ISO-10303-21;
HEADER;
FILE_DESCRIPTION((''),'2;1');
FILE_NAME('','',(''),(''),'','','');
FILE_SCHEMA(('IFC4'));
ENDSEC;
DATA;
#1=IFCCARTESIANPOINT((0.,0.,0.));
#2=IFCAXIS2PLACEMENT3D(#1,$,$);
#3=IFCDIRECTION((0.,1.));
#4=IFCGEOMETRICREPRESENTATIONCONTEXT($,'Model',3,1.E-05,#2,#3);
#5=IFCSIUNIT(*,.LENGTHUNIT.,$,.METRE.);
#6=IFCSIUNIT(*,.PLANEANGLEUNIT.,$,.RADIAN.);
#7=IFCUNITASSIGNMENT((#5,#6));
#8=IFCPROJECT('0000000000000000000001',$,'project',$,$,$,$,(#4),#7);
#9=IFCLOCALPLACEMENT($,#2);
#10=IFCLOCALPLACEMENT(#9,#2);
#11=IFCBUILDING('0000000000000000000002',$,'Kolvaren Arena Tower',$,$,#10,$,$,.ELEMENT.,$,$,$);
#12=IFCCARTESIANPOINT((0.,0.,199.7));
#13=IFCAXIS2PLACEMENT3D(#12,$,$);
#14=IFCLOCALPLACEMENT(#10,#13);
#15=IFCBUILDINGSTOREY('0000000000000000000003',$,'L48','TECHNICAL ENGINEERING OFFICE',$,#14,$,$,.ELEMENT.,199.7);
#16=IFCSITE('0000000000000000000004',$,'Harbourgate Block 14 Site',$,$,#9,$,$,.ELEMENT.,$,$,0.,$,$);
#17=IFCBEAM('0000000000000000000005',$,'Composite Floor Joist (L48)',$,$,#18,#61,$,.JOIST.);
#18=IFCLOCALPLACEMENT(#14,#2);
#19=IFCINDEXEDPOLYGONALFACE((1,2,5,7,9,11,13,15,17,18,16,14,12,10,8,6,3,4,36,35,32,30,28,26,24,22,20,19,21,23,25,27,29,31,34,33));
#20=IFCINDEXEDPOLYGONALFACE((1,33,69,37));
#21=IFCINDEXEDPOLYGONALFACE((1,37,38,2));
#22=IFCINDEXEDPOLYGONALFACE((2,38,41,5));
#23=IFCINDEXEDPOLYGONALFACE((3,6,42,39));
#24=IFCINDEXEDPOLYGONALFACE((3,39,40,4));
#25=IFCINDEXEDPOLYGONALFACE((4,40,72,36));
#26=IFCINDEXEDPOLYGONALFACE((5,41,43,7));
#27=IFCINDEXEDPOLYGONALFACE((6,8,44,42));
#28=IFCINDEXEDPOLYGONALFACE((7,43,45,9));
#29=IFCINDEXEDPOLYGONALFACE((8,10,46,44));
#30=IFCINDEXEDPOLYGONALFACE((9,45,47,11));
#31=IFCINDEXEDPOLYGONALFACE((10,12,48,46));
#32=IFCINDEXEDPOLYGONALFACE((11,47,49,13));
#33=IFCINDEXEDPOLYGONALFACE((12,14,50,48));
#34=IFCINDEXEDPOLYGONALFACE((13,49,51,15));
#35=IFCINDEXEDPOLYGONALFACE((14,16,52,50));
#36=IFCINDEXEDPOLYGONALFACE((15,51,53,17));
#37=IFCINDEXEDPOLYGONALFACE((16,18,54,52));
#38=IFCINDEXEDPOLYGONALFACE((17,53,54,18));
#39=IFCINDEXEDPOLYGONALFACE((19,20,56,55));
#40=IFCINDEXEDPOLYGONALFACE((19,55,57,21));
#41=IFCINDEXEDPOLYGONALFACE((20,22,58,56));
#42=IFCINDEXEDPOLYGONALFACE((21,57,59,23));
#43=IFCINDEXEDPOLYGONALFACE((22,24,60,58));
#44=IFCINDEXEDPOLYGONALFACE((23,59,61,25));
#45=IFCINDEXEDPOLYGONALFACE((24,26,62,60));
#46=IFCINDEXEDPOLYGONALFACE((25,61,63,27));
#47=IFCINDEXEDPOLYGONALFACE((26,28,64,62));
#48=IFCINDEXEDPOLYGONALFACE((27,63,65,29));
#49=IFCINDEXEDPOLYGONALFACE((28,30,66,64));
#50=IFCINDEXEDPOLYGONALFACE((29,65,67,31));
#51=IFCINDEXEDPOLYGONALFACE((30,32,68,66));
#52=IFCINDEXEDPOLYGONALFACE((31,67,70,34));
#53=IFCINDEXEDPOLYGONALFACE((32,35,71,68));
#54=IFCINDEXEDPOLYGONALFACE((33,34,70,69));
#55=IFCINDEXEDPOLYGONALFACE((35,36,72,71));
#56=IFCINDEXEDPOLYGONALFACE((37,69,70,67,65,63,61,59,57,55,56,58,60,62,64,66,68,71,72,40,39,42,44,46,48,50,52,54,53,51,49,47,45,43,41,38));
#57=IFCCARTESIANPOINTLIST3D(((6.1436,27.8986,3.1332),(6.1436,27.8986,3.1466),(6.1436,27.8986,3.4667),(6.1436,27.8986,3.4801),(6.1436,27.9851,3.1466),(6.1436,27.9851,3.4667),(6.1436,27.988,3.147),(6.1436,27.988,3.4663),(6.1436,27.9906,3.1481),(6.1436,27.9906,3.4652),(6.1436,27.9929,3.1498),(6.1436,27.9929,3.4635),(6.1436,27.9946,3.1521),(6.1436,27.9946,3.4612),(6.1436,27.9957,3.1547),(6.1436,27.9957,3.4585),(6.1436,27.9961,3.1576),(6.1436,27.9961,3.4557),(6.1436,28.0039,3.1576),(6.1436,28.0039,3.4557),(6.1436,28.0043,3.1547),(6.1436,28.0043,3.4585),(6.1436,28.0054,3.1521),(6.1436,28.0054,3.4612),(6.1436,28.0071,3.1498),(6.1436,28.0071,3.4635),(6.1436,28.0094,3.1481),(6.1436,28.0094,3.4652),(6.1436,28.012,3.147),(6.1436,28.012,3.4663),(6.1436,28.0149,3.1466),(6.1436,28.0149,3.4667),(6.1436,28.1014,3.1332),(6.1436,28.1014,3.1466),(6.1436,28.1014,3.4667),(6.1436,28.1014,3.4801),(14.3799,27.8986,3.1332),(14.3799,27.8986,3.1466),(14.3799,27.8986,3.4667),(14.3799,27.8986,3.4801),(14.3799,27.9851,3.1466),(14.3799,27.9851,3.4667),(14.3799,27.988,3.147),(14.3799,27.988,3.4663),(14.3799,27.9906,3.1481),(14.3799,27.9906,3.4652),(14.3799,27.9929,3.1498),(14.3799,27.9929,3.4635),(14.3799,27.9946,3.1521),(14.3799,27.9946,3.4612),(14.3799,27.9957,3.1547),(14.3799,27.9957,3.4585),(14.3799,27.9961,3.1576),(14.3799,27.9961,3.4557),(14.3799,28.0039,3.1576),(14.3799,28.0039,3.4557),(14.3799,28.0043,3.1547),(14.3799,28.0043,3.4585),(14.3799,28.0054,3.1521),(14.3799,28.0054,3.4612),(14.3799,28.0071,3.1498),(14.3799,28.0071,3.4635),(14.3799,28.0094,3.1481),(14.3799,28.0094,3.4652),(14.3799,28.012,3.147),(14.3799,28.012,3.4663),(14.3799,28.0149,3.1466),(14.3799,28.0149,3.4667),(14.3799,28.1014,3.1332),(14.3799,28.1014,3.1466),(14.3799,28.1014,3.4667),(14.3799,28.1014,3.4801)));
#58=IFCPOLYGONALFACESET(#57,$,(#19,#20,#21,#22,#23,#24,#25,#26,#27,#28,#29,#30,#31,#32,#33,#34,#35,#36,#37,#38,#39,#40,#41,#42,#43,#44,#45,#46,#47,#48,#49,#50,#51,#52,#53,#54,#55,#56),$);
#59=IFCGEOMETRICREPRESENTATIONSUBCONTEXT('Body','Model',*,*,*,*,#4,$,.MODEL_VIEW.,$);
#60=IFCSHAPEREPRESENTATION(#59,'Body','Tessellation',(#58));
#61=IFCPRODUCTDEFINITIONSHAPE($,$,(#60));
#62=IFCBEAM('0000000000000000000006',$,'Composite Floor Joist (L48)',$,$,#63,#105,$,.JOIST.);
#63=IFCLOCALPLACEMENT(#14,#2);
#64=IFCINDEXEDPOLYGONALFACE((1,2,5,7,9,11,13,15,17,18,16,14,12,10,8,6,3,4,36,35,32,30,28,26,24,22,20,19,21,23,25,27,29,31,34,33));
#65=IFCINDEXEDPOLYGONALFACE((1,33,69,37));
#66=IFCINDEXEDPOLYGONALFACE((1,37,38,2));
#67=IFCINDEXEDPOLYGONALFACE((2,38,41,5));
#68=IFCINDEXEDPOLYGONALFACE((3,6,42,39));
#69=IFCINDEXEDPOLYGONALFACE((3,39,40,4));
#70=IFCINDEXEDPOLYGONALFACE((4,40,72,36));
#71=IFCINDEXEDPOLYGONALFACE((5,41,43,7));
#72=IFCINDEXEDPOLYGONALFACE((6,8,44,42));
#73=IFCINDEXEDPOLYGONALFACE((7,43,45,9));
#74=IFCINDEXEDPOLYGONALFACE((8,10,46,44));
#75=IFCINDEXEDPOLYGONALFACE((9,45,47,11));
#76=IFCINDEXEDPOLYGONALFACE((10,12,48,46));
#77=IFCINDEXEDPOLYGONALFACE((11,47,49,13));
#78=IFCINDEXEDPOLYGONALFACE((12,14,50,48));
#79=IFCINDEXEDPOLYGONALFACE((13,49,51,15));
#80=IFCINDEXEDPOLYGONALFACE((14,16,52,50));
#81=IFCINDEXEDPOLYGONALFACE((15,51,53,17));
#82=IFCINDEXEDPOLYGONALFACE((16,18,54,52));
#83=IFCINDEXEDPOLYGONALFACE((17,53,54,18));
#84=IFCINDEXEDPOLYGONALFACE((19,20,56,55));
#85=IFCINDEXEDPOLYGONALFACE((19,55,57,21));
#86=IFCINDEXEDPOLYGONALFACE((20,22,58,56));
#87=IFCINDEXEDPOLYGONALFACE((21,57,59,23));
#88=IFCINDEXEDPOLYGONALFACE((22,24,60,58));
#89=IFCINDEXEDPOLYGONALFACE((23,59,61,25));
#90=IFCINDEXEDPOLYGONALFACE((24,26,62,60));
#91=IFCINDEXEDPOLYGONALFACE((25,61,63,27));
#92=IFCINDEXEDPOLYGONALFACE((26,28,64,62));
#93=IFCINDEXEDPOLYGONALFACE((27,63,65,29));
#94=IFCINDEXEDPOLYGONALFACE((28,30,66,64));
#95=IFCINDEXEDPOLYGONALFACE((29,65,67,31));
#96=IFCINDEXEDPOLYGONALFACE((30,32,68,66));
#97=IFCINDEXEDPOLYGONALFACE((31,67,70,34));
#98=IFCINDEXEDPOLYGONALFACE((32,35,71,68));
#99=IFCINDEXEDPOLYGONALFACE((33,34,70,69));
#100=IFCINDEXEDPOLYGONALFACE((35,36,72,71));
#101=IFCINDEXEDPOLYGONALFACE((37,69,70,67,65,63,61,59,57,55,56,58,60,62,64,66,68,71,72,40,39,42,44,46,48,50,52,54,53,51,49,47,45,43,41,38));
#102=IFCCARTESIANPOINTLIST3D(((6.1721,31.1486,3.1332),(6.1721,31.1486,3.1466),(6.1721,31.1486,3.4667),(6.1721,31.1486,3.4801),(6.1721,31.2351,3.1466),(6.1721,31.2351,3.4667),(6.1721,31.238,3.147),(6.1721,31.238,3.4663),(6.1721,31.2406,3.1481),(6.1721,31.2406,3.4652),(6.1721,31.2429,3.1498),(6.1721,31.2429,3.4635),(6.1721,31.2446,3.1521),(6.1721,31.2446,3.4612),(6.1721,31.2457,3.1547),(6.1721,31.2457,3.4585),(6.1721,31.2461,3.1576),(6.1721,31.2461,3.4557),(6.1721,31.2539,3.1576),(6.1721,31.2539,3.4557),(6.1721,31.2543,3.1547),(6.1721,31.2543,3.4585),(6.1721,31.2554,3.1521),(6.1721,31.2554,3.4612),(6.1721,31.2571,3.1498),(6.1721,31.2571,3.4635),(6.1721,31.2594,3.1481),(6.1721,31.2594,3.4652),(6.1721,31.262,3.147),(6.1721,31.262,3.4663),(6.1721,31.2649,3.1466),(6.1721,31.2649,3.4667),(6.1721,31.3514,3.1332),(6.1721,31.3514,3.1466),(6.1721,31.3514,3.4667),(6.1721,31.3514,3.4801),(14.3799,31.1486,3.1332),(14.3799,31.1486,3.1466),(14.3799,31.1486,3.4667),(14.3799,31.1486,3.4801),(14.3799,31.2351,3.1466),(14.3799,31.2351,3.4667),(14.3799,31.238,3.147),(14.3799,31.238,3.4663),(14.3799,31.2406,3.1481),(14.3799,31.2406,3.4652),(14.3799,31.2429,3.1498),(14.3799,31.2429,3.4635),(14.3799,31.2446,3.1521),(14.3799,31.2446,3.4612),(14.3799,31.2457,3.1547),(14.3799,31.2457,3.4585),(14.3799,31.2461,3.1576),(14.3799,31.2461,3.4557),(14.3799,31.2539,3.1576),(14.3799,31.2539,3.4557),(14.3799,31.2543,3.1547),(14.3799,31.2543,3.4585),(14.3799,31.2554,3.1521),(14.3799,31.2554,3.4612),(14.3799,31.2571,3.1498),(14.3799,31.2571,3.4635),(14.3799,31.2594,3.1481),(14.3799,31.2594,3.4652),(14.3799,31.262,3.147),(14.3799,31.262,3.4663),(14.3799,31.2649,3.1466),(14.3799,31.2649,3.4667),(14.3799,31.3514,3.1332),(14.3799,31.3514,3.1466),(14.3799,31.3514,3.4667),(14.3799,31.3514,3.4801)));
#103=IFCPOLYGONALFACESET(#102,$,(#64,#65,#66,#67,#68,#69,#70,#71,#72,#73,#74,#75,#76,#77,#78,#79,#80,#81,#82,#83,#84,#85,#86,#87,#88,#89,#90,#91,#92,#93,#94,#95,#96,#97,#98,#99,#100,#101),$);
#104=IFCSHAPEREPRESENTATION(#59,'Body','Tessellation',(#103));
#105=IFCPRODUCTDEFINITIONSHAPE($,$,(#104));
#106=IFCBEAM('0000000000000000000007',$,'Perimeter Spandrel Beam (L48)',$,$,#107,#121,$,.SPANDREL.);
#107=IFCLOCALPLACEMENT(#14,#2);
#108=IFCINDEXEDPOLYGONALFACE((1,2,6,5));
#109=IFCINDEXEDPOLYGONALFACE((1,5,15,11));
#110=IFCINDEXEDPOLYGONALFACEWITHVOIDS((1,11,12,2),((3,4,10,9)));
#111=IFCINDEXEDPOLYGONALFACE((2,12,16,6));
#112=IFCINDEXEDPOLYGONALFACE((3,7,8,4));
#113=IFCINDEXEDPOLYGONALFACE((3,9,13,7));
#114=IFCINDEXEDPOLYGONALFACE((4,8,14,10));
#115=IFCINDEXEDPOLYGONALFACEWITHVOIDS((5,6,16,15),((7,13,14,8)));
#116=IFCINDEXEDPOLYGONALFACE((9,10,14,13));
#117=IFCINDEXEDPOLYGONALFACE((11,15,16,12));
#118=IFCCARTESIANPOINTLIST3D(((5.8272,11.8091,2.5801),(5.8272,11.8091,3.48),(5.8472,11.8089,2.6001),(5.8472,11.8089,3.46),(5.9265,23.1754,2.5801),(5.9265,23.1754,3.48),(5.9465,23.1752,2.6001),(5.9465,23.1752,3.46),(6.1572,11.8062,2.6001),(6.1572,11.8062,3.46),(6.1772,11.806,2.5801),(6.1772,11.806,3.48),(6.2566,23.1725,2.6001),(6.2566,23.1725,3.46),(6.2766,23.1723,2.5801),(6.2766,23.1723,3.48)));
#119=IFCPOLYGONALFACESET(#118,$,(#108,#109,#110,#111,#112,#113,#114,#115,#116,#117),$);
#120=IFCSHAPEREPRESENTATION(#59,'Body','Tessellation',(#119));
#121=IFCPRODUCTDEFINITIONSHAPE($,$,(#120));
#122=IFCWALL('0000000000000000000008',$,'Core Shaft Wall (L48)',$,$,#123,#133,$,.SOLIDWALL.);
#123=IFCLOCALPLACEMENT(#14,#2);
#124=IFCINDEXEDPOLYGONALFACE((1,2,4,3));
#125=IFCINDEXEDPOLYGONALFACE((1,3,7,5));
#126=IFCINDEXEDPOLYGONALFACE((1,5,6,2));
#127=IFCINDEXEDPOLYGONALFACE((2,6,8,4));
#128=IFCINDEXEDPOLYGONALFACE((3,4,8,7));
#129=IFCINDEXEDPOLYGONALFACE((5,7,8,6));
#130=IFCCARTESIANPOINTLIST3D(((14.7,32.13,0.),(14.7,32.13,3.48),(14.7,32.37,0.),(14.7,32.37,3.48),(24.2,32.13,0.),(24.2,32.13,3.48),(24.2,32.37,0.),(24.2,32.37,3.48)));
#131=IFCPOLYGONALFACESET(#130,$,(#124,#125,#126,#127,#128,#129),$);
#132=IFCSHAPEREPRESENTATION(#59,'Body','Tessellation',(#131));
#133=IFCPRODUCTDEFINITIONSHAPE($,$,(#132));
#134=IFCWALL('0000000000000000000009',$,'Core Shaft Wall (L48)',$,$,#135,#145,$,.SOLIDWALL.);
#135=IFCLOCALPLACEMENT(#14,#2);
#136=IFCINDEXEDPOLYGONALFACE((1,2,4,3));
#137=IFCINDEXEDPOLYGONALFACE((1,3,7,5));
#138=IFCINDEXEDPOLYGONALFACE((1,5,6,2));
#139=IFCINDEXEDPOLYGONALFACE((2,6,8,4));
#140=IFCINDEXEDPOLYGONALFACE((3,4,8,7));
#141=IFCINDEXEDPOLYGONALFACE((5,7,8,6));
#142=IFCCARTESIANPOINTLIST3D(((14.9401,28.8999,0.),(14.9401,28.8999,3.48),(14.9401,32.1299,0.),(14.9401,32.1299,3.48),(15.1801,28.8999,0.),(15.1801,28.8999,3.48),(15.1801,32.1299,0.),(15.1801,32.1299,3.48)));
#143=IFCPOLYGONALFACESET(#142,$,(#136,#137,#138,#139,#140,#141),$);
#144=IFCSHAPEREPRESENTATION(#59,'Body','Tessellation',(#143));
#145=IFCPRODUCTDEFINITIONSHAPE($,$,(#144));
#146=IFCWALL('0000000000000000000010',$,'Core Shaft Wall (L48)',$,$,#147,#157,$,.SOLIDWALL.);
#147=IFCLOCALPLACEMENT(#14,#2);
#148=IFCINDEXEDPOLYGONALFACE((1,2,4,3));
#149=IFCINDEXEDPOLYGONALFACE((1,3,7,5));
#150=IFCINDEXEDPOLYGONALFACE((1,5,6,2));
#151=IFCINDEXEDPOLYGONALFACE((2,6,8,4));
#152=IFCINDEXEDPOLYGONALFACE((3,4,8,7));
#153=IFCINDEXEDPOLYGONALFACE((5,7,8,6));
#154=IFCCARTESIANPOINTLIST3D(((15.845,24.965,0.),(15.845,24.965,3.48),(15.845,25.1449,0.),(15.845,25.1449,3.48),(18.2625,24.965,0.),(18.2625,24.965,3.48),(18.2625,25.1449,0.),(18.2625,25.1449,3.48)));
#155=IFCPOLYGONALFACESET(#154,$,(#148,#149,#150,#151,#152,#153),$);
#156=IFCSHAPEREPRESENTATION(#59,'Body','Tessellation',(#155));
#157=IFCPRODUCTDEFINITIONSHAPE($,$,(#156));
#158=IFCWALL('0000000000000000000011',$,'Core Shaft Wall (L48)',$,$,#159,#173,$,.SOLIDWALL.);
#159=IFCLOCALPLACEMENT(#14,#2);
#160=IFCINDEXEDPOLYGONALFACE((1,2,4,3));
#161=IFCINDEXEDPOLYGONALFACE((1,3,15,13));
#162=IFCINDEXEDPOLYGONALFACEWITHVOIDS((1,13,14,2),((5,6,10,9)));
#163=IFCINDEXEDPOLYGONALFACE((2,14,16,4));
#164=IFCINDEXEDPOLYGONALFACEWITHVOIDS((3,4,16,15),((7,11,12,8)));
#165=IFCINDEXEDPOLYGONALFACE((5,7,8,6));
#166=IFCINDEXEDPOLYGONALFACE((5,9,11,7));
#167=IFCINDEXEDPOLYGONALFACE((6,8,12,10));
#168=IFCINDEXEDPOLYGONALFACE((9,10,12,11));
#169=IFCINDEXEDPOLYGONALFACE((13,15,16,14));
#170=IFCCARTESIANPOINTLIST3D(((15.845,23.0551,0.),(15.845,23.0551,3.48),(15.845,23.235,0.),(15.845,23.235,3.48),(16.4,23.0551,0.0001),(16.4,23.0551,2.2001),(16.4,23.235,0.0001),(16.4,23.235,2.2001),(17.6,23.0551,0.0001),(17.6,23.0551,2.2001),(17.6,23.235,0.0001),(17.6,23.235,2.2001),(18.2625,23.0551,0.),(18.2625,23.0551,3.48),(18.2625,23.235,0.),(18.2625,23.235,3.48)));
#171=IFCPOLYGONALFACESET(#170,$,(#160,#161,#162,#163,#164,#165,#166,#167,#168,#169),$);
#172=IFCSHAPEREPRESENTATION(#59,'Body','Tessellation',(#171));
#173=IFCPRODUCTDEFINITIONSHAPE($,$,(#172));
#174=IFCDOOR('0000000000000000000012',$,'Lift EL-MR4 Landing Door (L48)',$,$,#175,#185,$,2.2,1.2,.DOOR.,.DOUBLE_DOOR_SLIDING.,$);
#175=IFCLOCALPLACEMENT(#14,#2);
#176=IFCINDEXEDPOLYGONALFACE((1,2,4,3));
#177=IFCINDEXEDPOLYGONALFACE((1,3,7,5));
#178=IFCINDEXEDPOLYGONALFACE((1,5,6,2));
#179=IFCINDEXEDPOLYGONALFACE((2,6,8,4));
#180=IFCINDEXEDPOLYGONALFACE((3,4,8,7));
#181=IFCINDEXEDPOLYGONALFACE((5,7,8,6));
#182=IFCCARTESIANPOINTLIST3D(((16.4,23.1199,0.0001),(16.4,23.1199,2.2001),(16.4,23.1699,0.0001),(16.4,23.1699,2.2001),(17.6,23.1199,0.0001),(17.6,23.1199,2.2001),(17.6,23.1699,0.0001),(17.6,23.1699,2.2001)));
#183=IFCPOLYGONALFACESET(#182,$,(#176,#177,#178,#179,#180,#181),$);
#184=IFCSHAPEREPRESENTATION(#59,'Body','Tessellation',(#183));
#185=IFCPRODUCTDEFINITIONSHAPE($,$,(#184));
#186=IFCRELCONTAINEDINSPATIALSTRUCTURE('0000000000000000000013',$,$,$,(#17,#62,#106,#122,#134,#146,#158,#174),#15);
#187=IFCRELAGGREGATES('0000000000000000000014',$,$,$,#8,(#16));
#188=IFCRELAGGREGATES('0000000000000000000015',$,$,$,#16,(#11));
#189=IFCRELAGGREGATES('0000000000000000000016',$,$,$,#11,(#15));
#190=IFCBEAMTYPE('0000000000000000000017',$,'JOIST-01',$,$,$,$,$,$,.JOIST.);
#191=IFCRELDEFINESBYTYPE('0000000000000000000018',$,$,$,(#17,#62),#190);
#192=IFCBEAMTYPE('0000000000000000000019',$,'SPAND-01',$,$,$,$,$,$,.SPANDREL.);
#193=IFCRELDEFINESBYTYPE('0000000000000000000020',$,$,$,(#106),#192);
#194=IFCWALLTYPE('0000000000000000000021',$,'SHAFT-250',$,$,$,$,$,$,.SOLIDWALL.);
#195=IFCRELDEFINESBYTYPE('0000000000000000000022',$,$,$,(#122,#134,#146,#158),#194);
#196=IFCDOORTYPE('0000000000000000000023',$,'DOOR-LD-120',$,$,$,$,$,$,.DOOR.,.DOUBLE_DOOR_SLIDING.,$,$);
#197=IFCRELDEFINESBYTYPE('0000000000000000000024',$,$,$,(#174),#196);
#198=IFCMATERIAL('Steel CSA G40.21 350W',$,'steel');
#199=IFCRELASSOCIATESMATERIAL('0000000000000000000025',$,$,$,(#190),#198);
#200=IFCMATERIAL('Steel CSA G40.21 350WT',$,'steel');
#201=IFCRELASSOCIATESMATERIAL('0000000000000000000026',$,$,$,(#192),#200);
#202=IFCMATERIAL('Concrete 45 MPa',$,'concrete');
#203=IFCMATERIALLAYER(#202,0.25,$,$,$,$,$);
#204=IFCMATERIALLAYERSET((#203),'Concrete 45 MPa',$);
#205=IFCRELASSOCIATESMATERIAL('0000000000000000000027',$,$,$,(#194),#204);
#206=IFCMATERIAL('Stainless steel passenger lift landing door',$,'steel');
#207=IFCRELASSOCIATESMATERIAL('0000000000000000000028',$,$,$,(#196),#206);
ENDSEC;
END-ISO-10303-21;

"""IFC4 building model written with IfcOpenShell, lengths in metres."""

from ifc_helpers import new_model, si_unit, direction, frame, frame_2d, origin, origin_2d, place, context, subcontext, project, spatial, rectangle, hollow_rectangle, i_section, extrude, material, layer, layer_set, material_profile, profile_set, type_object, element, fill, save


model = new_model("IFC4")

# Units and contexts
model_context = context("Model", 3, precision=1e-05, world=origin(), true_north=direction((0.0, 1.0)))
body_context = subcontext(model_context, "Body", "Model", "MODEL_VIEW")
ifc_project = project(units=[si_unit("LENGTHUNIT", "METRE"), si_unit("PLANEANGLEUNIT", "RADIAN")], contexts=[model_context])

# Site, building, storey
site_placement = place(None, origin())
site = spatial("IfcSite", under=ifc_project, at=site_placement, Name="Harbourgate Block 14 Site", CompositionType="ELEMENT", RefElevation=0.0)
building_placement = place(site_placement, origin())
building = spatial("IfcBuilding", under=site, at=building_placement, Name="Kolvaren Arena Tower", CompositionType="ELEMENT")
storey_placement = place(building_placement, frame((0.0, 0.0, 199.7)))
storey = spatial("IfcBuildingStorey", under=building, at=storey_placement, Name="L48", Description="TECHNICAL ENGINEERING OFFICE", CompositionType="ELEMENT", Elevation=199.7)

# Beams
ifc_material_1 = material(Name="Steel CSA G40.21 350W", Category="steel")
ifc_material_profile_1 = material_profile(ifc_material_1, i_section(OverallWidth=0.2029, OverallDepth=0.3469, WebThickness=0.0078, FlangeThickness=0.0134, FilletRadius=0.011, at=origin_2d()), Name="W360x64")
ifc_profile_set_1 = profile_set([ifc_material_profile_1], Name="Steel CSA G40.21 350W")
beam_type_1 = type_object("IfcBeamType", Name="JOIST-01", PredefinedType="JOIST", material=ifc_profile_set_1)
beam_1_placement = place(storey_placement, frame((6.1436, 28.0, 3.3066), z_axis=(1.0, 0.0, 0.0), x_axis=(0.0, 1.0, 0.0)))
element("IfcBeam", 1, at=beam_1_placement, inside=storey, type_object=beam_type_1, Name="Composite Floor Joist (L48)", PredefinedType="JOIST", context=body_context, shape_type="SweptSolid", body=[
    extrude(i_section(OverallWidth=0.2029, OverallDepth=0.3469, WebThickness=0.0078, FlangeThickness=0.0134, FilletRadius=0.011, at=origin_2d()), origin(), (0.0, 0.0, 1.0), 8.2363),
])
beam_2_placement = place(storey_placement, frame((6.1721, 31.25, 3.3066), z_axis=(1.0, 0.0, 0.0), x_axis=(0.0, 1.0, 0.0)))
element("IfcBeam", 2, at=beam_2_placement, inside=storey, type_object=beam_type_1, Name="Composite Floor Joist (L48)", PredefinedType="JOIST", context=body_context, shape_type="SweptSolid", body=[
    extrude(i_section(OverallWidth=0.2029, OverallDepth=0.3469, WebThickness=0.0078, FlangeThickness=0.0134, FilletRadius=0.011, at=origin_2d()), origin(), (0.0, 0.0, 1.0), 8.2078),
])
ifc_material_2 = material(Name="Steel CSA G40.21 350WT", Category="steel")
ifc_material_profile_2 = material_profile(ifc_material_2, hollow_rectangle(XDim=0.3501, YDim=0.8999, WallThickness=0.02, at=origin_2d()), Name="HSS 900x350x20")
ifc_profile_set_2 = profile_set([ifc_material_profile_2], Name="Steel CSA G40.21 350WT")
beam_type_2 = type_object("IfcBeamType", Name="SPAND-01", PredefinedType="SPANDREL", material=ifc_profile_set_2)
beam_3_placement = place(storey_placement, frame((6.1016, 23.1738, 3.03), z_axis=(-0.008742, -0.999962, 0.0), x_axis=(0.999962, -0.008742, 0.0)))
element("IfcBeam", 3, at=beam_3_placement, inside=storey, type_object=beam_type_2, Name="Perimeter Spandrel Beam (L48)", PredefinedType="SPANDREL", context=body_context, shape_type="SweptSolid", body=[
    extrude(hollow_rectangle(XDim=0.3501, YDim=0.8999, WallThickness=0.02, at=origin_2d()), origin(), (0.0, 0.0, 1.0), 11.3667),
])

# Walls
ifc_material_3 = material(Name="Concrete 45 MPa", Category="concrete")
ifc_layer = layer(ifc_material_3, 0.25)
ifc_layer_set = layer_set([ifc_layer], Name="Concrete 45 MPa")
wall_type = type_object("IfcWallType", Name="SHAFT-250", PredefinedType="SOLIDWALL", material=ifc_layer_set)
wall_1_placement = place(storey_placement, frame((14.7, 32.25, 0.0), z_axis=(0.0, 0.0, 1.0), x_axis=(1.0, 0.0, 0.0)))
element("IfcWall", 4, at=wall_1_placement, inside=storey, type_object=wall_type, Name="Core Shaft Wall (L48)", PredefinedType="SOLIDWALL", context=body_context, shape_type="SweptSolid", body=[
    extrude(rectangle(XDim=9.5, YDim=0.24, at=frame_2d((4.75, 0.0))), origin(), (0.0, 0.0, 1.0), 3.48),
])
wall_2_placement = place(storey_placement, frame((15.0601, 28.8999, 0.0), z_axis=(0.0, 0.0, 1.0), x_axis=(0.0, 1.0, 0.0)))
element("IfcWall", 5, at=wall_2_placement, inside=storey, type_object=wall_type, Name="Core Shaft Wall (L48)", PredefinedType="SOLIDWALL", context=body_context, shape_type="SweptSolid", body=[
    extrude(rectangle(XDim=3.23, YDim=0.24, at=frame_2d((1.615, 0.0))), origin(), (0.0, 0.0, 1.0), 3.48),
])
wall_3_placement = place(storey_placement, frame((15.845, 25.0549, 0.0), z_axis=(0.0, 0.0, 1.0), x_axis=(1.0, 0.0, 0.0)))
element("IfcWall", 6, at=wall_3_placement, inside=storey, type_object=wall_type, Name="Core Shaft Wall (L48)", PredefinedType="SOLIDWALL", context=body_context, shape_type="SweptSolid", body=[
    extrude(rectangle(XDim=2.4175, YDim=0.1799, at=frame_2d((1.2087, 0.0))), origin(), (0.0, 0.0, 1.0), 3.48),
])

# Wall, opening, door
wall_4_placement = place(storey_placement, frame((15.845, 23.145, 0.0), z_axis=(0.0, 0.0, 1.0), x_axis=(1.0, 0.0, 0.0)))
wall_4 = element("IfcWall", 7, at=wall_4_placement, inside=storey, type_object=wall_type, Name="Core Shaft Wall (L48)", PredefinedType="SOLIDWALL", context=body_context, shape_type="SweptSolid", body=[
    extrude(rectangle(XDim=2.4175, YDim=0.1799, at=frame_2d((1.2087, 0.0))), origin(), (0.0, 0.0, 1.0), 3.48),
])
opening_1_placement = place(wall_4_placement, frame((0.5549, 0.0, 0.0)))
opening_1 = element("IfcOpeningElement", 8, at=opening_1_placement, cuts=wall_4, PredefinedType="OPENING", context=body_context, shape_type="SweptSolid", body=[
    extrude(rectangle(XDim=1.2, YDim=2.2, at=frame_2d((0.6001, 1.1001))), frame((0.0, 0.0999, 0.0), z_axis=(0.0, -1.0, 0.0), x_axis=(1.0, 0.0, 0.0)), (0.0, 0.0, 1.0), 0.2),
])
ifc_material_4 = material(Name="Stainless steel passenger lift landing door", Category="steel")
door_type_1 = type_object("IfcDoorType", Name="DOOR-LD-120", OperationType="DOUBLE_DOOR_SLIDING", PredefinedType="DOOR", material=ifc_material_4)
door_1_placement = place(opening_1_placement, origin())
door_1 = element("IfcDoor", 9, at=door_1_placement, inside=storey, type_object=door_type_1, Name="Lift EL-MR4 Landing Door (L48)", OperationType="DOUBLE_DOOR_SLIDING", OverallHeight=2.2, OverallWidth=1.2, PredefinedType="DOOR", context=body_context, shape_type="SweptSolid", body=[
    extrude(rectangle(XDim=1.2, YDim=2.2, at=frame_2d((0.6001, 1.1001))), frame((0.0, 0.0249, 0.0), z_axis=(0.0, -1.0, 0.0), x_axis=(1.0, 0.0, 0.0)), (0.0, 0.0, 1.0), 0.05),
])
fill(opening_1, door_1)

save(model, "model.ifc")
